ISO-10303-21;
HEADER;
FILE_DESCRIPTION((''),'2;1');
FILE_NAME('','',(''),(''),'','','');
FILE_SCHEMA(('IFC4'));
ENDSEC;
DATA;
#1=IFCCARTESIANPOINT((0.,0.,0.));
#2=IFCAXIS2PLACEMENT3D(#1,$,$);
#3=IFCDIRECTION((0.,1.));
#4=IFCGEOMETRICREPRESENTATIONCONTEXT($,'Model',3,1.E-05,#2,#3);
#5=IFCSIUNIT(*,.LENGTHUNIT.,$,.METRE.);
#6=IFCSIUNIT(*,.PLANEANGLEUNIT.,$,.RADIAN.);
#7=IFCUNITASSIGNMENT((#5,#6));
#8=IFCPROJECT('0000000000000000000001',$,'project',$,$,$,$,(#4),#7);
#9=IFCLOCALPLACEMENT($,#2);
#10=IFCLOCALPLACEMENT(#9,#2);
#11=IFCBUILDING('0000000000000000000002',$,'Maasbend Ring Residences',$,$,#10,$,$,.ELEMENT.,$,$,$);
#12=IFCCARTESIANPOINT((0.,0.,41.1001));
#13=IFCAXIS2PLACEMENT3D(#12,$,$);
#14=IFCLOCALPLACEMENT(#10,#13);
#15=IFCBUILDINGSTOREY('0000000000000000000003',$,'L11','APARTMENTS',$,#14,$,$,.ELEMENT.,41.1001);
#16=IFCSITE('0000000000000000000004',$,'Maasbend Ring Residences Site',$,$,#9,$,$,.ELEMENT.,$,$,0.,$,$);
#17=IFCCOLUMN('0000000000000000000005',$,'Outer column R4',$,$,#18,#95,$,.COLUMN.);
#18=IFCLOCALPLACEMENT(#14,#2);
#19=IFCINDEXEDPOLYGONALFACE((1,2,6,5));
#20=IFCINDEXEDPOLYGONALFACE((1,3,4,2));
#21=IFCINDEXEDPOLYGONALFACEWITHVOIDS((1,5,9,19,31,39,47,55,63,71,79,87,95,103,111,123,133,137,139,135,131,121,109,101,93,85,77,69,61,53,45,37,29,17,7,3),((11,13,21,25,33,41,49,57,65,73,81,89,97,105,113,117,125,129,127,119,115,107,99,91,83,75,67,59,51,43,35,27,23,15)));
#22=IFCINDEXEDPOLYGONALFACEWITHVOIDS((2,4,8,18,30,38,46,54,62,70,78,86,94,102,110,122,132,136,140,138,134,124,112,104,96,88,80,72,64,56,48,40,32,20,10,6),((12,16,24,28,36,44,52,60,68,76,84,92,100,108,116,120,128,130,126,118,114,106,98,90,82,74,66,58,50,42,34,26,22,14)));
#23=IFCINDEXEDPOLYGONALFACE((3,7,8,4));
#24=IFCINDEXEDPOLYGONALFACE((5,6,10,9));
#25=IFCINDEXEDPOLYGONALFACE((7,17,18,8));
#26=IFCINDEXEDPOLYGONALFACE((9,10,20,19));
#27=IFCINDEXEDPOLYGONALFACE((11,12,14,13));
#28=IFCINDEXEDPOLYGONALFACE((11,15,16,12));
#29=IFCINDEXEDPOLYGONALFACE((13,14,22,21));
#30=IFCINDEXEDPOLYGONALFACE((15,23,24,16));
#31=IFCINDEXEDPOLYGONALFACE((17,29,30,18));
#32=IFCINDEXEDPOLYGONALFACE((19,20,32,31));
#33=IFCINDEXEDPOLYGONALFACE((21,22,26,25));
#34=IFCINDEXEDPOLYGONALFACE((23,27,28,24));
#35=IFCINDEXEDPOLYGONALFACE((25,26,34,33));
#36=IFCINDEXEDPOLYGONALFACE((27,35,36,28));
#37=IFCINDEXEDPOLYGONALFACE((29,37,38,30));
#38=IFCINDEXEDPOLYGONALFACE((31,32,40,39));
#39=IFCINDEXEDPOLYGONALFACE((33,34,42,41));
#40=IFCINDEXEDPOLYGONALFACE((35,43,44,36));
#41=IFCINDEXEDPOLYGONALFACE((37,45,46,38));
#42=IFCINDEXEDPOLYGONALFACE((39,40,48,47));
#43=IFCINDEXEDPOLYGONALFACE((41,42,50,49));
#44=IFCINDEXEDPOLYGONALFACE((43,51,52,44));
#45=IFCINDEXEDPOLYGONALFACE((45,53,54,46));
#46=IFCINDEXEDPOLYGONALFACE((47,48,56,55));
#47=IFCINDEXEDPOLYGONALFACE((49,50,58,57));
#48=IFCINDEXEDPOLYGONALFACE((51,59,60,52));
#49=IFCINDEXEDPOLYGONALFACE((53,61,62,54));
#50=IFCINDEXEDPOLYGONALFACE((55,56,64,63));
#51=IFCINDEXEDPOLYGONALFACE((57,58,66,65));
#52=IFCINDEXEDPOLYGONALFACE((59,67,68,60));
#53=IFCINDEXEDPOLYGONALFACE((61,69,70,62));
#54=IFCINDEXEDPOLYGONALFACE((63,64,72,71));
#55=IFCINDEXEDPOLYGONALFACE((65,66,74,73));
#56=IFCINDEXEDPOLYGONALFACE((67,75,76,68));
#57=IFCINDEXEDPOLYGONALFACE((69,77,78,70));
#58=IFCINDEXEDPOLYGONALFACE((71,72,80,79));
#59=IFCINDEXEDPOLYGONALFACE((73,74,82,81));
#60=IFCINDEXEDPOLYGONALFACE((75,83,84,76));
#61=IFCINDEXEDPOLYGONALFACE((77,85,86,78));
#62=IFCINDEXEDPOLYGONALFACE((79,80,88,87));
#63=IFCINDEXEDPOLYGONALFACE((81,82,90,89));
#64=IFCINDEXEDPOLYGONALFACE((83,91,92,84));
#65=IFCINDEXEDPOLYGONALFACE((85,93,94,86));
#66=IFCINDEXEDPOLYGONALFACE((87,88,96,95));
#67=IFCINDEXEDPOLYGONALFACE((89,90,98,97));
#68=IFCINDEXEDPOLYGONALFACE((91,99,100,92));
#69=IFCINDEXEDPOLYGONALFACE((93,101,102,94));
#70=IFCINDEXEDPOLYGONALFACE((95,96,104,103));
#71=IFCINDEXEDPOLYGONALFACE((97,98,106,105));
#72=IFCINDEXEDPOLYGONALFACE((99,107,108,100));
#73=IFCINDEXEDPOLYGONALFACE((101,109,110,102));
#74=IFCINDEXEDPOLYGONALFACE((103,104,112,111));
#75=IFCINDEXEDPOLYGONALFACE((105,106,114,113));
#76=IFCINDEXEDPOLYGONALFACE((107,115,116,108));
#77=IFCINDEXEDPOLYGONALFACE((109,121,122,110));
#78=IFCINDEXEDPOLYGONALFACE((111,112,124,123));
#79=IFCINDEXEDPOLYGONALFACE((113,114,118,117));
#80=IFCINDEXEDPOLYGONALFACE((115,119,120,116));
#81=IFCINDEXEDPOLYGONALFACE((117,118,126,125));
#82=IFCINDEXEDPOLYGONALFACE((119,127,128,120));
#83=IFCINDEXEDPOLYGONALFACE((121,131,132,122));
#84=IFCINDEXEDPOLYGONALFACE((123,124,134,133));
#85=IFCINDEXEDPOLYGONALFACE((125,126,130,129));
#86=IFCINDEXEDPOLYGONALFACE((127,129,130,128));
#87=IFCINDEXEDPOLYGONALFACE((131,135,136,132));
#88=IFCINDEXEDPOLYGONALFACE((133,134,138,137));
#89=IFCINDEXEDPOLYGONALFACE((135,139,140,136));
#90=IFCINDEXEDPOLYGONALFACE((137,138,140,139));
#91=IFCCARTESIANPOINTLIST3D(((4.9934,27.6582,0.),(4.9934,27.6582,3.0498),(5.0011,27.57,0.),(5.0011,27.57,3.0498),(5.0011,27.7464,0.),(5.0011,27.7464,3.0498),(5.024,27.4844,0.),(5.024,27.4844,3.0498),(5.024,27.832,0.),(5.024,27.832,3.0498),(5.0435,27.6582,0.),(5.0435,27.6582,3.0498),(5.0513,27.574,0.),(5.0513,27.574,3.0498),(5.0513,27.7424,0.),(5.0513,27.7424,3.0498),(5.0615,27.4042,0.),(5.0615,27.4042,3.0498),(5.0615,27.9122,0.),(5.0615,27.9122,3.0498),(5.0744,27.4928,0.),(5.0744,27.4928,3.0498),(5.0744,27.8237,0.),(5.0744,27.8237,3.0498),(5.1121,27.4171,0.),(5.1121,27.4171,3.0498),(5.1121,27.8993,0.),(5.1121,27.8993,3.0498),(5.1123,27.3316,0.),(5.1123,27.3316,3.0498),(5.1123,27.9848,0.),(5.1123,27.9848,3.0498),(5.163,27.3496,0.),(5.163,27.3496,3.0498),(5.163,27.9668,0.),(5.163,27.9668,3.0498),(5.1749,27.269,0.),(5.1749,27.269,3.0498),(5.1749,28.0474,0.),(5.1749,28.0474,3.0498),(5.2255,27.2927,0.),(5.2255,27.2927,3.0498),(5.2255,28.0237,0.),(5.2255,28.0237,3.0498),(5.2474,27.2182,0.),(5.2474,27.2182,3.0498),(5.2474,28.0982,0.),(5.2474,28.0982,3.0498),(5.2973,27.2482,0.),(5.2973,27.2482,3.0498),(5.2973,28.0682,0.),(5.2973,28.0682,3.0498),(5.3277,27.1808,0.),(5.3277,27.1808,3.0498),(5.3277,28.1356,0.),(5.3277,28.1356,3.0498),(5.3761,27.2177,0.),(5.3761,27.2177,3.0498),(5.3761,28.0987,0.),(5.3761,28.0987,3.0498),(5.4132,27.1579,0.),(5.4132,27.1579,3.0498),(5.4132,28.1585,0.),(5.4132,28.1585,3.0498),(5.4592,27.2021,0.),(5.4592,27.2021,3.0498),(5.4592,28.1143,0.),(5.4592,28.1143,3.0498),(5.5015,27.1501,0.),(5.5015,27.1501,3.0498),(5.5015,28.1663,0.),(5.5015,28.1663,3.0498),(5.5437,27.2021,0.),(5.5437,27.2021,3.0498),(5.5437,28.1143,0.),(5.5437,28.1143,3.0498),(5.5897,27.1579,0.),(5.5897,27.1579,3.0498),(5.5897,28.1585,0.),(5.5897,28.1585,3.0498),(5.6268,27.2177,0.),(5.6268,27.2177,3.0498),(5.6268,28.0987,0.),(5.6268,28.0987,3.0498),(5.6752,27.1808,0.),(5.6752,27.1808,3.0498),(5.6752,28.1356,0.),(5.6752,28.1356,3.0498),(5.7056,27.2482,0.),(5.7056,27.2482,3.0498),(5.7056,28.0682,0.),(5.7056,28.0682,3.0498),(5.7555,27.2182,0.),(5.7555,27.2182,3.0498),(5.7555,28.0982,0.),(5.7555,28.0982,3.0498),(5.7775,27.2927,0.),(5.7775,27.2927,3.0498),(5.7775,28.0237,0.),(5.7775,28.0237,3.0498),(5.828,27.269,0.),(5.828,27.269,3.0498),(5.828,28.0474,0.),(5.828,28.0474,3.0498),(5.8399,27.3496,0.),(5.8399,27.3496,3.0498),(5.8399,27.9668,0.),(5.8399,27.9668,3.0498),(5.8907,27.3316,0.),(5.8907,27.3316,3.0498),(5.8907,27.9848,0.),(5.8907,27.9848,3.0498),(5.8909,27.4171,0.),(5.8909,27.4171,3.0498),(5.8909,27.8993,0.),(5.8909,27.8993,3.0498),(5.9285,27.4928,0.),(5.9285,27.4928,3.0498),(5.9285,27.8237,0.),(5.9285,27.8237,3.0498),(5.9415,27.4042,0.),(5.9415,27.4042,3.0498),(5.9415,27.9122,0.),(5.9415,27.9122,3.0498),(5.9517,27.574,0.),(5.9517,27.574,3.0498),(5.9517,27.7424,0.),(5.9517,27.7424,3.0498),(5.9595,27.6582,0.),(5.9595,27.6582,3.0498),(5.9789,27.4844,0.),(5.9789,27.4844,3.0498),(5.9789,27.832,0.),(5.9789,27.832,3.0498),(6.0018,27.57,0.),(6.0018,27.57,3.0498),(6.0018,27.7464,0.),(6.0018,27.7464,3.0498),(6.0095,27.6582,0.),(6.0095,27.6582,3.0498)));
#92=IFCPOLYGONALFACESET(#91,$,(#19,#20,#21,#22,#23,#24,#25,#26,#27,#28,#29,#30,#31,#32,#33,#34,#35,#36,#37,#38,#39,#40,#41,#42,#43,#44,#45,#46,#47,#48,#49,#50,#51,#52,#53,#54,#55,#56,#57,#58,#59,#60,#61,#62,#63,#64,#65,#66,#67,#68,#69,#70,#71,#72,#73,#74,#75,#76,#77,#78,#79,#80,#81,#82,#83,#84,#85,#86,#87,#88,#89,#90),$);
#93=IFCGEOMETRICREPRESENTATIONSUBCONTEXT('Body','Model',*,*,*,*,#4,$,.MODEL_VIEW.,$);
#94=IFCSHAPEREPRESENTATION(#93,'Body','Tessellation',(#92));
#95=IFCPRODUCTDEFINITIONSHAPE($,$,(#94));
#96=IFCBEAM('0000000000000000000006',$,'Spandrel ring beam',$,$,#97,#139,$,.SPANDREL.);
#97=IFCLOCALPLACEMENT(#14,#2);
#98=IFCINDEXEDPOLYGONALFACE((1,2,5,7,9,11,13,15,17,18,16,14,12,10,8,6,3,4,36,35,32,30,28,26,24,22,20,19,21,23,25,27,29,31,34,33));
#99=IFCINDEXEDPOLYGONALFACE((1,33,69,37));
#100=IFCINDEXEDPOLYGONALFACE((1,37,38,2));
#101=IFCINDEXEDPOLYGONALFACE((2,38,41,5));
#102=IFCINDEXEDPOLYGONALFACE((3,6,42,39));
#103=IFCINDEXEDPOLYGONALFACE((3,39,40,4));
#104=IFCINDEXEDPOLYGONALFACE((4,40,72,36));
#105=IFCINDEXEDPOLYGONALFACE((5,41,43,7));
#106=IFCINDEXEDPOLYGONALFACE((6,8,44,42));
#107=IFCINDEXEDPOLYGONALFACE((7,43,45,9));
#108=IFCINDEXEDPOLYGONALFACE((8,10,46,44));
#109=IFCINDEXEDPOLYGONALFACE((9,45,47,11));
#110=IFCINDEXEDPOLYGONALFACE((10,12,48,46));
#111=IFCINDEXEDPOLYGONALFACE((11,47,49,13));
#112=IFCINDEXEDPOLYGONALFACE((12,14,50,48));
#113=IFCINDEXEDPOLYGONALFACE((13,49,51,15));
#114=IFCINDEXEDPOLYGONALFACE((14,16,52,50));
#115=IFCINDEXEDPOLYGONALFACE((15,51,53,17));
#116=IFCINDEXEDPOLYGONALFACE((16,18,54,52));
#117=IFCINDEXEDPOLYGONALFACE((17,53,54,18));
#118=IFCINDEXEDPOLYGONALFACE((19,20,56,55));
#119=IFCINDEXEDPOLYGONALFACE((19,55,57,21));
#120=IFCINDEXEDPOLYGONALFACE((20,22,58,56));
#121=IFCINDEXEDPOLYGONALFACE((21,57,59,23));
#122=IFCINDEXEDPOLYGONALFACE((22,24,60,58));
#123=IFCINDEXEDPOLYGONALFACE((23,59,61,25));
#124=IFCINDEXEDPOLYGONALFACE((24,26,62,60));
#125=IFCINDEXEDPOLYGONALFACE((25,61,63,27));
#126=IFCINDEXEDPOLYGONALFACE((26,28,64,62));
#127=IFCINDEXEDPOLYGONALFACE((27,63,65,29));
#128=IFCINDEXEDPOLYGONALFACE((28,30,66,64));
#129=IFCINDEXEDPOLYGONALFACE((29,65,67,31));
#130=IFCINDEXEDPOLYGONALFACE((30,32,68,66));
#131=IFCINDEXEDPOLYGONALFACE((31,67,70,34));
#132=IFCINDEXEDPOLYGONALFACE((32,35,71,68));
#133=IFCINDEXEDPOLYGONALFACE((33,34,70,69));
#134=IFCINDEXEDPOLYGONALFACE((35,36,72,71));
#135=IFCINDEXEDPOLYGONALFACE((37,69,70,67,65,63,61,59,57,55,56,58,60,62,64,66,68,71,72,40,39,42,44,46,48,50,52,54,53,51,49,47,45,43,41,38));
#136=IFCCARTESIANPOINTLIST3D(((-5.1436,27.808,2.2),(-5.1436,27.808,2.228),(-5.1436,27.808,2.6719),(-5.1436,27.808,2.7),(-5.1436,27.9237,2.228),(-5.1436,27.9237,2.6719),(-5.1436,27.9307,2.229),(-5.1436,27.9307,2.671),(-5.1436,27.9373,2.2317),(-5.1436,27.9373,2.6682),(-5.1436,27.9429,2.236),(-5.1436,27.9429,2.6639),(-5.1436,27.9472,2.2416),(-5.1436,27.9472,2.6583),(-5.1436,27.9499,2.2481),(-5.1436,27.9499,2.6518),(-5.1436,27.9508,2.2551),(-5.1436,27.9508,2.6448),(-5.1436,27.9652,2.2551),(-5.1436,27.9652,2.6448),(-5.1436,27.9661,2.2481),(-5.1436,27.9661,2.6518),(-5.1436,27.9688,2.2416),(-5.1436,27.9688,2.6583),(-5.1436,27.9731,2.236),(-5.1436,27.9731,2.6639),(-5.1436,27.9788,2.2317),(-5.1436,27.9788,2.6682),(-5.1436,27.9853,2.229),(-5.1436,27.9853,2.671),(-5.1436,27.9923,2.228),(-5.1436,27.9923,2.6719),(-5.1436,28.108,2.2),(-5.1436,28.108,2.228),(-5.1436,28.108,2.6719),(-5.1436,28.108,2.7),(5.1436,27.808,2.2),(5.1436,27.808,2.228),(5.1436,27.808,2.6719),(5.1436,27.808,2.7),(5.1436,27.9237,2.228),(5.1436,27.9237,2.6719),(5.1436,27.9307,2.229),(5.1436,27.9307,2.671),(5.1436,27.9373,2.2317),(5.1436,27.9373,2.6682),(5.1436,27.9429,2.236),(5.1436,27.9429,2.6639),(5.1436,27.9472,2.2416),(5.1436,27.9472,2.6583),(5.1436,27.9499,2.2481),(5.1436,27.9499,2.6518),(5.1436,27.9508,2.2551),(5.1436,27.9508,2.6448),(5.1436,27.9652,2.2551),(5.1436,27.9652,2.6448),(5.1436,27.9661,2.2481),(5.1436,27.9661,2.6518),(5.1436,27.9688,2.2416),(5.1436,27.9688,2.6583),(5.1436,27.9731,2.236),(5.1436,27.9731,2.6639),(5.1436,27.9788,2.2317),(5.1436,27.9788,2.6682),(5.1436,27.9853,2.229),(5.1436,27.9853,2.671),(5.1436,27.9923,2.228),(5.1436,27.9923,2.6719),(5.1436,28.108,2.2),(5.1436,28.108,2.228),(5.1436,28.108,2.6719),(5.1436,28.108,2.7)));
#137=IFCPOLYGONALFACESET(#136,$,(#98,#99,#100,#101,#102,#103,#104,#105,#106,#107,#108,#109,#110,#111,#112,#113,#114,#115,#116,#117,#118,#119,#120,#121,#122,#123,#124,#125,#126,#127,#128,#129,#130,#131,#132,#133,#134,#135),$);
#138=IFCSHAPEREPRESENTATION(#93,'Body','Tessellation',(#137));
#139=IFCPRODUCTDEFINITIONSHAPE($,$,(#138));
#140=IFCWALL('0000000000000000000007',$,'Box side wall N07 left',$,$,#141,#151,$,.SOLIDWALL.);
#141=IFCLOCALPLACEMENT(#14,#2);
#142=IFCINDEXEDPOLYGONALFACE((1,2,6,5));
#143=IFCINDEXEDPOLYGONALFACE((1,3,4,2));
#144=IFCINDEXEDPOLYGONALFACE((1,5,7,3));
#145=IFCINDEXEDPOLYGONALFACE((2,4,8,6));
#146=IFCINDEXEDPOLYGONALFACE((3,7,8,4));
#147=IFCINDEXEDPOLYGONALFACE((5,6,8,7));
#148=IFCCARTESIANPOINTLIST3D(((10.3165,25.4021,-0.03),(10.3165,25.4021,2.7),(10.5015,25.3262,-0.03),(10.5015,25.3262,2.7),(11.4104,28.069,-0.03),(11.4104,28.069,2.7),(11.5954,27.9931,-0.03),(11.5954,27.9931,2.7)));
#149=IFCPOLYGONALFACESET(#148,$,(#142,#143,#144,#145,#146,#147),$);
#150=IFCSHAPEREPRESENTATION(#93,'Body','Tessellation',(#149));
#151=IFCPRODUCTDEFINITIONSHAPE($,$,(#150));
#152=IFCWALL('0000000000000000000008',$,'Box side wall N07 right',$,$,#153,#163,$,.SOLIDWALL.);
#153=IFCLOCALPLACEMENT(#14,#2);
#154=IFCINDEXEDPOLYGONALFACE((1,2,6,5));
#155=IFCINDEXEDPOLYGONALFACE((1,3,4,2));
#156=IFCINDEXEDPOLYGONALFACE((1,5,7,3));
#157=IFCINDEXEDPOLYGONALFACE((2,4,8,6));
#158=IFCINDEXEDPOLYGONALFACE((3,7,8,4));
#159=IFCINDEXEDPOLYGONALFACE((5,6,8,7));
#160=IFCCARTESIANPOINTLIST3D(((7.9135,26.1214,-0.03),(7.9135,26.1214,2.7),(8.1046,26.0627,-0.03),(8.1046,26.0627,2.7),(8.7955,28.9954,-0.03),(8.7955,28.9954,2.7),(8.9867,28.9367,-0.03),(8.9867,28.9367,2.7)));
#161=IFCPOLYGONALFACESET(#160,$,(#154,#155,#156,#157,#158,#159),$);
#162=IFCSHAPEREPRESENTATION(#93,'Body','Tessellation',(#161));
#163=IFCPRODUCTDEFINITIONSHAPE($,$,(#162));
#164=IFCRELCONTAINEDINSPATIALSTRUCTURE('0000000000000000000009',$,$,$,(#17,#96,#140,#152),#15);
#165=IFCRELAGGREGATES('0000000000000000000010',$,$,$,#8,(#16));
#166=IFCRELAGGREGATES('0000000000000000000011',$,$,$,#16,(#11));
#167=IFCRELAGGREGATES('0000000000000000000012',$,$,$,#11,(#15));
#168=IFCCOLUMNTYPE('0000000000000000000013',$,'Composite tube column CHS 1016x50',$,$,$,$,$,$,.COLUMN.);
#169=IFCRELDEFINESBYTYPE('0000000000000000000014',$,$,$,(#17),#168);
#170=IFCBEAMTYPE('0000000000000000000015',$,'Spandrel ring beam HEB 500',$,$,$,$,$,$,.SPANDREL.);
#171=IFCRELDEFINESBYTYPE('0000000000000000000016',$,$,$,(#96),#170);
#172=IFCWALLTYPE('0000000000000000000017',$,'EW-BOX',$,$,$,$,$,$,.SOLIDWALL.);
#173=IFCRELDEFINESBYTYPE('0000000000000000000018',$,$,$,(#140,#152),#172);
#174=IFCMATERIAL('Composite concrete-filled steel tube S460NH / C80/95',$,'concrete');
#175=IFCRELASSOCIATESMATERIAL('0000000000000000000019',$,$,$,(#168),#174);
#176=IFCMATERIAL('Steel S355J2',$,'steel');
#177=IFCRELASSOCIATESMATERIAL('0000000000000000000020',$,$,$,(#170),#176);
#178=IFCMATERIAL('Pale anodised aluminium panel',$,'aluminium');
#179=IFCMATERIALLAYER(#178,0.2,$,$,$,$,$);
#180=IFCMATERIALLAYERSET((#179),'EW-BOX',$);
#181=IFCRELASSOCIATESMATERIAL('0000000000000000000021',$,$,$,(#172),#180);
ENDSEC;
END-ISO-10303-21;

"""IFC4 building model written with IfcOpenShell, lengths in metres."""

from ifc_helpers import new_model, si_unit, direction, frame, frame_2d, origin, origin_2d, place, context, subcontext, project, spatial, rectangle, hollow_circle, i_section, extrude, material, layer, layer_set, material_profile, profile_set, type_object, element, save


model = new_model("IFC4")

# Units and contexts
model_context = context("Model", 3, precision=1e-05, world=origin(), true_north=direction((0.0, 1.0)))
body_context = subcontext(model_context, "Body", "Model", "MODEL_VIEW")
ifc_project = project(units=[si_unit("LENGTHUNIT", "METRE"), si_unit("PLANEANGLEUNIT", "RADIAN")], contexts=[model_context])

# Site, building, storey
site_placement = place(None, origin())
site = spatial("IfcSite", under=ifc_project, at=site_placement, Name="Maasbend Ring Residences Site", CompositionType="ELEMENT", RefElevation=0.0)
building_placement = place(site_placement, origin())
building = spatial("IfcBuilding", under=site, at=building_placement, Name="Maasbend Ring Residences", CompositionType="ELEMENT")
storey_placement = place(building_placement, frame((0.0, 0.0, 41.1001)))
storey = spatial("IfcBuildingStorey", under=building, at=storey_placement, Name="L11", Description="APARTMENTS", CompositionType="ELEMENT", Elevation=41.1001)

# Column
ifc_material_1 = material(Name="Composite concrete-filled steel tube S460NH / C80/95", Category="concrete")
ifc_material_profile_1 = material_profile(ifc_material_1, hollow_circle(Radius=0.5081, WallThickness=0.05, at=origin_2d()), Name="Composite tube column CHS 1016x50")
ifc_profile_set_1 = profile_set([ifc_material_profile_1], Name="Composite concrete-filled steel tube S460NH / C80/95")
column_type = type_object("IfcColumnType", Name="Composite tube column CHS 1016x50", PredefinedType="COLUMN", material=ifc_profile_set_1)
column_placement = place(storey_placement, frame((5.5015, 27.6582, 0.0), z_axis=(0.0, 0.0, 1.0), x_axis=(1.0, 0.0, 0.0)))
element("IfcColumn", 1, at=column_placement, inside=storey, type_object=column_type, Name="Outer column R4", PredefinedType="COLUMN", context=body_context, shape_type="SweptSolid", body=[
    extrude(hollow_circle(Radius=0.5081, WallThickness=0.05, at=origin_2d()), origin(), (0.0, 0.0, 1.0), 3.0498),
])

# Beam
ifc_material_2 = material(Name="Steel S355J2", Category="steel")
ifc_material_profile_2 = material_profile(ifc_material_2, i_section(OverallWidth=0.3, OverallDepth=0.5, WebThickness=0.0144, FlangeThickness=0.0281, FilletRadius=0.0271, at=origin_2d()), Name="HEB 500")
ifc_profile_set_2 = profile_set([ifc_material_profile_2], Name="Steel S355J2")
beam_type = type_object("IfcBeamType", Name="Spandrel ring beam HEB 500", PredefinedType="SPANDREL", material=ifc_profile_set_2)
beam_placement = place(storey_placement, frame((5.1436, 27.958, 2.45), z_axis=(-1.0, 0.0, 0.0), x_axis=(0.0, -1.0, 0.0)))
element("IfcBeam", 2, at=beam_placement, inside=storey, type_object=beam_type, Name="Spandrel ring beam", PredefinedType="SPANDREL", context=body_context, shape_type="SweptSolid", body=[
    extrude(i_section(OverallWidth=0.3, OverallDepth=0.5, WebThickness=0.0144, FlangeThickness=0.0281, FilletRadius=0.0271, at=origin_2d()), origin(), (0.0, 0.0, 1.0), 10.2871),
])

# Walls
ifc_material_3 = material(Name="Pale anodised aluminium panel", Category="aluminium")
ifc_layer_1 = layer(ifc_material_3, 0.2)
ifc_layer_set_1 = layer_set([ifc_layer_1], Name="EW-BOX")
wall_type_1 = type_object("IfcWallType", Name="EW-BOX", PredefinedType="SOLIDWALL", material=ifc_layer_set_1)
wall_1_placement = place(storey_placement, frame((10.4089, 25.364, -0.03), z_axis=(0.0, 0.0, 1.0), x_axis=(0.37951, 0.925188, 0.0)))
element("IfcWall", 3, at=wall_1_placement, inside=storey, type_object=wall_type_1, Name="Box side wall N07 left", PredefinedType="SOLIDWALL", context=body_context, shape_type="SweptSolid", body=[
    extrude(rectangle(XDim=2.8826, YDim=0.2, at=frame_2d((1.4414, 0.0))), origin(), (0.0, 0.0, 1.0), 2.73),
])
wall_2_placement = place(storey_placement, frame((8.009, 26.092, -0.03), z_axis=(0.0, 0.0, 1.0), x_axis=(0.293407, 0.955988, 0.0)))
element("IfcWall", 4, at=wall_2_placement, inside=storey, type_object=wall_type_1, Name="Box side wall N07 right", PredefinedType="SOLIDWALL", context=body_context, shape_type="SweptSolid", body=[
    extrude(rectangle(XDim=3.0063, YDim=0.2, at=frame_2d((1.5032, 0.0))), origin(), (0.0, 0.0, 1.0), 2.73),
])

save(model, "model.ifc")
